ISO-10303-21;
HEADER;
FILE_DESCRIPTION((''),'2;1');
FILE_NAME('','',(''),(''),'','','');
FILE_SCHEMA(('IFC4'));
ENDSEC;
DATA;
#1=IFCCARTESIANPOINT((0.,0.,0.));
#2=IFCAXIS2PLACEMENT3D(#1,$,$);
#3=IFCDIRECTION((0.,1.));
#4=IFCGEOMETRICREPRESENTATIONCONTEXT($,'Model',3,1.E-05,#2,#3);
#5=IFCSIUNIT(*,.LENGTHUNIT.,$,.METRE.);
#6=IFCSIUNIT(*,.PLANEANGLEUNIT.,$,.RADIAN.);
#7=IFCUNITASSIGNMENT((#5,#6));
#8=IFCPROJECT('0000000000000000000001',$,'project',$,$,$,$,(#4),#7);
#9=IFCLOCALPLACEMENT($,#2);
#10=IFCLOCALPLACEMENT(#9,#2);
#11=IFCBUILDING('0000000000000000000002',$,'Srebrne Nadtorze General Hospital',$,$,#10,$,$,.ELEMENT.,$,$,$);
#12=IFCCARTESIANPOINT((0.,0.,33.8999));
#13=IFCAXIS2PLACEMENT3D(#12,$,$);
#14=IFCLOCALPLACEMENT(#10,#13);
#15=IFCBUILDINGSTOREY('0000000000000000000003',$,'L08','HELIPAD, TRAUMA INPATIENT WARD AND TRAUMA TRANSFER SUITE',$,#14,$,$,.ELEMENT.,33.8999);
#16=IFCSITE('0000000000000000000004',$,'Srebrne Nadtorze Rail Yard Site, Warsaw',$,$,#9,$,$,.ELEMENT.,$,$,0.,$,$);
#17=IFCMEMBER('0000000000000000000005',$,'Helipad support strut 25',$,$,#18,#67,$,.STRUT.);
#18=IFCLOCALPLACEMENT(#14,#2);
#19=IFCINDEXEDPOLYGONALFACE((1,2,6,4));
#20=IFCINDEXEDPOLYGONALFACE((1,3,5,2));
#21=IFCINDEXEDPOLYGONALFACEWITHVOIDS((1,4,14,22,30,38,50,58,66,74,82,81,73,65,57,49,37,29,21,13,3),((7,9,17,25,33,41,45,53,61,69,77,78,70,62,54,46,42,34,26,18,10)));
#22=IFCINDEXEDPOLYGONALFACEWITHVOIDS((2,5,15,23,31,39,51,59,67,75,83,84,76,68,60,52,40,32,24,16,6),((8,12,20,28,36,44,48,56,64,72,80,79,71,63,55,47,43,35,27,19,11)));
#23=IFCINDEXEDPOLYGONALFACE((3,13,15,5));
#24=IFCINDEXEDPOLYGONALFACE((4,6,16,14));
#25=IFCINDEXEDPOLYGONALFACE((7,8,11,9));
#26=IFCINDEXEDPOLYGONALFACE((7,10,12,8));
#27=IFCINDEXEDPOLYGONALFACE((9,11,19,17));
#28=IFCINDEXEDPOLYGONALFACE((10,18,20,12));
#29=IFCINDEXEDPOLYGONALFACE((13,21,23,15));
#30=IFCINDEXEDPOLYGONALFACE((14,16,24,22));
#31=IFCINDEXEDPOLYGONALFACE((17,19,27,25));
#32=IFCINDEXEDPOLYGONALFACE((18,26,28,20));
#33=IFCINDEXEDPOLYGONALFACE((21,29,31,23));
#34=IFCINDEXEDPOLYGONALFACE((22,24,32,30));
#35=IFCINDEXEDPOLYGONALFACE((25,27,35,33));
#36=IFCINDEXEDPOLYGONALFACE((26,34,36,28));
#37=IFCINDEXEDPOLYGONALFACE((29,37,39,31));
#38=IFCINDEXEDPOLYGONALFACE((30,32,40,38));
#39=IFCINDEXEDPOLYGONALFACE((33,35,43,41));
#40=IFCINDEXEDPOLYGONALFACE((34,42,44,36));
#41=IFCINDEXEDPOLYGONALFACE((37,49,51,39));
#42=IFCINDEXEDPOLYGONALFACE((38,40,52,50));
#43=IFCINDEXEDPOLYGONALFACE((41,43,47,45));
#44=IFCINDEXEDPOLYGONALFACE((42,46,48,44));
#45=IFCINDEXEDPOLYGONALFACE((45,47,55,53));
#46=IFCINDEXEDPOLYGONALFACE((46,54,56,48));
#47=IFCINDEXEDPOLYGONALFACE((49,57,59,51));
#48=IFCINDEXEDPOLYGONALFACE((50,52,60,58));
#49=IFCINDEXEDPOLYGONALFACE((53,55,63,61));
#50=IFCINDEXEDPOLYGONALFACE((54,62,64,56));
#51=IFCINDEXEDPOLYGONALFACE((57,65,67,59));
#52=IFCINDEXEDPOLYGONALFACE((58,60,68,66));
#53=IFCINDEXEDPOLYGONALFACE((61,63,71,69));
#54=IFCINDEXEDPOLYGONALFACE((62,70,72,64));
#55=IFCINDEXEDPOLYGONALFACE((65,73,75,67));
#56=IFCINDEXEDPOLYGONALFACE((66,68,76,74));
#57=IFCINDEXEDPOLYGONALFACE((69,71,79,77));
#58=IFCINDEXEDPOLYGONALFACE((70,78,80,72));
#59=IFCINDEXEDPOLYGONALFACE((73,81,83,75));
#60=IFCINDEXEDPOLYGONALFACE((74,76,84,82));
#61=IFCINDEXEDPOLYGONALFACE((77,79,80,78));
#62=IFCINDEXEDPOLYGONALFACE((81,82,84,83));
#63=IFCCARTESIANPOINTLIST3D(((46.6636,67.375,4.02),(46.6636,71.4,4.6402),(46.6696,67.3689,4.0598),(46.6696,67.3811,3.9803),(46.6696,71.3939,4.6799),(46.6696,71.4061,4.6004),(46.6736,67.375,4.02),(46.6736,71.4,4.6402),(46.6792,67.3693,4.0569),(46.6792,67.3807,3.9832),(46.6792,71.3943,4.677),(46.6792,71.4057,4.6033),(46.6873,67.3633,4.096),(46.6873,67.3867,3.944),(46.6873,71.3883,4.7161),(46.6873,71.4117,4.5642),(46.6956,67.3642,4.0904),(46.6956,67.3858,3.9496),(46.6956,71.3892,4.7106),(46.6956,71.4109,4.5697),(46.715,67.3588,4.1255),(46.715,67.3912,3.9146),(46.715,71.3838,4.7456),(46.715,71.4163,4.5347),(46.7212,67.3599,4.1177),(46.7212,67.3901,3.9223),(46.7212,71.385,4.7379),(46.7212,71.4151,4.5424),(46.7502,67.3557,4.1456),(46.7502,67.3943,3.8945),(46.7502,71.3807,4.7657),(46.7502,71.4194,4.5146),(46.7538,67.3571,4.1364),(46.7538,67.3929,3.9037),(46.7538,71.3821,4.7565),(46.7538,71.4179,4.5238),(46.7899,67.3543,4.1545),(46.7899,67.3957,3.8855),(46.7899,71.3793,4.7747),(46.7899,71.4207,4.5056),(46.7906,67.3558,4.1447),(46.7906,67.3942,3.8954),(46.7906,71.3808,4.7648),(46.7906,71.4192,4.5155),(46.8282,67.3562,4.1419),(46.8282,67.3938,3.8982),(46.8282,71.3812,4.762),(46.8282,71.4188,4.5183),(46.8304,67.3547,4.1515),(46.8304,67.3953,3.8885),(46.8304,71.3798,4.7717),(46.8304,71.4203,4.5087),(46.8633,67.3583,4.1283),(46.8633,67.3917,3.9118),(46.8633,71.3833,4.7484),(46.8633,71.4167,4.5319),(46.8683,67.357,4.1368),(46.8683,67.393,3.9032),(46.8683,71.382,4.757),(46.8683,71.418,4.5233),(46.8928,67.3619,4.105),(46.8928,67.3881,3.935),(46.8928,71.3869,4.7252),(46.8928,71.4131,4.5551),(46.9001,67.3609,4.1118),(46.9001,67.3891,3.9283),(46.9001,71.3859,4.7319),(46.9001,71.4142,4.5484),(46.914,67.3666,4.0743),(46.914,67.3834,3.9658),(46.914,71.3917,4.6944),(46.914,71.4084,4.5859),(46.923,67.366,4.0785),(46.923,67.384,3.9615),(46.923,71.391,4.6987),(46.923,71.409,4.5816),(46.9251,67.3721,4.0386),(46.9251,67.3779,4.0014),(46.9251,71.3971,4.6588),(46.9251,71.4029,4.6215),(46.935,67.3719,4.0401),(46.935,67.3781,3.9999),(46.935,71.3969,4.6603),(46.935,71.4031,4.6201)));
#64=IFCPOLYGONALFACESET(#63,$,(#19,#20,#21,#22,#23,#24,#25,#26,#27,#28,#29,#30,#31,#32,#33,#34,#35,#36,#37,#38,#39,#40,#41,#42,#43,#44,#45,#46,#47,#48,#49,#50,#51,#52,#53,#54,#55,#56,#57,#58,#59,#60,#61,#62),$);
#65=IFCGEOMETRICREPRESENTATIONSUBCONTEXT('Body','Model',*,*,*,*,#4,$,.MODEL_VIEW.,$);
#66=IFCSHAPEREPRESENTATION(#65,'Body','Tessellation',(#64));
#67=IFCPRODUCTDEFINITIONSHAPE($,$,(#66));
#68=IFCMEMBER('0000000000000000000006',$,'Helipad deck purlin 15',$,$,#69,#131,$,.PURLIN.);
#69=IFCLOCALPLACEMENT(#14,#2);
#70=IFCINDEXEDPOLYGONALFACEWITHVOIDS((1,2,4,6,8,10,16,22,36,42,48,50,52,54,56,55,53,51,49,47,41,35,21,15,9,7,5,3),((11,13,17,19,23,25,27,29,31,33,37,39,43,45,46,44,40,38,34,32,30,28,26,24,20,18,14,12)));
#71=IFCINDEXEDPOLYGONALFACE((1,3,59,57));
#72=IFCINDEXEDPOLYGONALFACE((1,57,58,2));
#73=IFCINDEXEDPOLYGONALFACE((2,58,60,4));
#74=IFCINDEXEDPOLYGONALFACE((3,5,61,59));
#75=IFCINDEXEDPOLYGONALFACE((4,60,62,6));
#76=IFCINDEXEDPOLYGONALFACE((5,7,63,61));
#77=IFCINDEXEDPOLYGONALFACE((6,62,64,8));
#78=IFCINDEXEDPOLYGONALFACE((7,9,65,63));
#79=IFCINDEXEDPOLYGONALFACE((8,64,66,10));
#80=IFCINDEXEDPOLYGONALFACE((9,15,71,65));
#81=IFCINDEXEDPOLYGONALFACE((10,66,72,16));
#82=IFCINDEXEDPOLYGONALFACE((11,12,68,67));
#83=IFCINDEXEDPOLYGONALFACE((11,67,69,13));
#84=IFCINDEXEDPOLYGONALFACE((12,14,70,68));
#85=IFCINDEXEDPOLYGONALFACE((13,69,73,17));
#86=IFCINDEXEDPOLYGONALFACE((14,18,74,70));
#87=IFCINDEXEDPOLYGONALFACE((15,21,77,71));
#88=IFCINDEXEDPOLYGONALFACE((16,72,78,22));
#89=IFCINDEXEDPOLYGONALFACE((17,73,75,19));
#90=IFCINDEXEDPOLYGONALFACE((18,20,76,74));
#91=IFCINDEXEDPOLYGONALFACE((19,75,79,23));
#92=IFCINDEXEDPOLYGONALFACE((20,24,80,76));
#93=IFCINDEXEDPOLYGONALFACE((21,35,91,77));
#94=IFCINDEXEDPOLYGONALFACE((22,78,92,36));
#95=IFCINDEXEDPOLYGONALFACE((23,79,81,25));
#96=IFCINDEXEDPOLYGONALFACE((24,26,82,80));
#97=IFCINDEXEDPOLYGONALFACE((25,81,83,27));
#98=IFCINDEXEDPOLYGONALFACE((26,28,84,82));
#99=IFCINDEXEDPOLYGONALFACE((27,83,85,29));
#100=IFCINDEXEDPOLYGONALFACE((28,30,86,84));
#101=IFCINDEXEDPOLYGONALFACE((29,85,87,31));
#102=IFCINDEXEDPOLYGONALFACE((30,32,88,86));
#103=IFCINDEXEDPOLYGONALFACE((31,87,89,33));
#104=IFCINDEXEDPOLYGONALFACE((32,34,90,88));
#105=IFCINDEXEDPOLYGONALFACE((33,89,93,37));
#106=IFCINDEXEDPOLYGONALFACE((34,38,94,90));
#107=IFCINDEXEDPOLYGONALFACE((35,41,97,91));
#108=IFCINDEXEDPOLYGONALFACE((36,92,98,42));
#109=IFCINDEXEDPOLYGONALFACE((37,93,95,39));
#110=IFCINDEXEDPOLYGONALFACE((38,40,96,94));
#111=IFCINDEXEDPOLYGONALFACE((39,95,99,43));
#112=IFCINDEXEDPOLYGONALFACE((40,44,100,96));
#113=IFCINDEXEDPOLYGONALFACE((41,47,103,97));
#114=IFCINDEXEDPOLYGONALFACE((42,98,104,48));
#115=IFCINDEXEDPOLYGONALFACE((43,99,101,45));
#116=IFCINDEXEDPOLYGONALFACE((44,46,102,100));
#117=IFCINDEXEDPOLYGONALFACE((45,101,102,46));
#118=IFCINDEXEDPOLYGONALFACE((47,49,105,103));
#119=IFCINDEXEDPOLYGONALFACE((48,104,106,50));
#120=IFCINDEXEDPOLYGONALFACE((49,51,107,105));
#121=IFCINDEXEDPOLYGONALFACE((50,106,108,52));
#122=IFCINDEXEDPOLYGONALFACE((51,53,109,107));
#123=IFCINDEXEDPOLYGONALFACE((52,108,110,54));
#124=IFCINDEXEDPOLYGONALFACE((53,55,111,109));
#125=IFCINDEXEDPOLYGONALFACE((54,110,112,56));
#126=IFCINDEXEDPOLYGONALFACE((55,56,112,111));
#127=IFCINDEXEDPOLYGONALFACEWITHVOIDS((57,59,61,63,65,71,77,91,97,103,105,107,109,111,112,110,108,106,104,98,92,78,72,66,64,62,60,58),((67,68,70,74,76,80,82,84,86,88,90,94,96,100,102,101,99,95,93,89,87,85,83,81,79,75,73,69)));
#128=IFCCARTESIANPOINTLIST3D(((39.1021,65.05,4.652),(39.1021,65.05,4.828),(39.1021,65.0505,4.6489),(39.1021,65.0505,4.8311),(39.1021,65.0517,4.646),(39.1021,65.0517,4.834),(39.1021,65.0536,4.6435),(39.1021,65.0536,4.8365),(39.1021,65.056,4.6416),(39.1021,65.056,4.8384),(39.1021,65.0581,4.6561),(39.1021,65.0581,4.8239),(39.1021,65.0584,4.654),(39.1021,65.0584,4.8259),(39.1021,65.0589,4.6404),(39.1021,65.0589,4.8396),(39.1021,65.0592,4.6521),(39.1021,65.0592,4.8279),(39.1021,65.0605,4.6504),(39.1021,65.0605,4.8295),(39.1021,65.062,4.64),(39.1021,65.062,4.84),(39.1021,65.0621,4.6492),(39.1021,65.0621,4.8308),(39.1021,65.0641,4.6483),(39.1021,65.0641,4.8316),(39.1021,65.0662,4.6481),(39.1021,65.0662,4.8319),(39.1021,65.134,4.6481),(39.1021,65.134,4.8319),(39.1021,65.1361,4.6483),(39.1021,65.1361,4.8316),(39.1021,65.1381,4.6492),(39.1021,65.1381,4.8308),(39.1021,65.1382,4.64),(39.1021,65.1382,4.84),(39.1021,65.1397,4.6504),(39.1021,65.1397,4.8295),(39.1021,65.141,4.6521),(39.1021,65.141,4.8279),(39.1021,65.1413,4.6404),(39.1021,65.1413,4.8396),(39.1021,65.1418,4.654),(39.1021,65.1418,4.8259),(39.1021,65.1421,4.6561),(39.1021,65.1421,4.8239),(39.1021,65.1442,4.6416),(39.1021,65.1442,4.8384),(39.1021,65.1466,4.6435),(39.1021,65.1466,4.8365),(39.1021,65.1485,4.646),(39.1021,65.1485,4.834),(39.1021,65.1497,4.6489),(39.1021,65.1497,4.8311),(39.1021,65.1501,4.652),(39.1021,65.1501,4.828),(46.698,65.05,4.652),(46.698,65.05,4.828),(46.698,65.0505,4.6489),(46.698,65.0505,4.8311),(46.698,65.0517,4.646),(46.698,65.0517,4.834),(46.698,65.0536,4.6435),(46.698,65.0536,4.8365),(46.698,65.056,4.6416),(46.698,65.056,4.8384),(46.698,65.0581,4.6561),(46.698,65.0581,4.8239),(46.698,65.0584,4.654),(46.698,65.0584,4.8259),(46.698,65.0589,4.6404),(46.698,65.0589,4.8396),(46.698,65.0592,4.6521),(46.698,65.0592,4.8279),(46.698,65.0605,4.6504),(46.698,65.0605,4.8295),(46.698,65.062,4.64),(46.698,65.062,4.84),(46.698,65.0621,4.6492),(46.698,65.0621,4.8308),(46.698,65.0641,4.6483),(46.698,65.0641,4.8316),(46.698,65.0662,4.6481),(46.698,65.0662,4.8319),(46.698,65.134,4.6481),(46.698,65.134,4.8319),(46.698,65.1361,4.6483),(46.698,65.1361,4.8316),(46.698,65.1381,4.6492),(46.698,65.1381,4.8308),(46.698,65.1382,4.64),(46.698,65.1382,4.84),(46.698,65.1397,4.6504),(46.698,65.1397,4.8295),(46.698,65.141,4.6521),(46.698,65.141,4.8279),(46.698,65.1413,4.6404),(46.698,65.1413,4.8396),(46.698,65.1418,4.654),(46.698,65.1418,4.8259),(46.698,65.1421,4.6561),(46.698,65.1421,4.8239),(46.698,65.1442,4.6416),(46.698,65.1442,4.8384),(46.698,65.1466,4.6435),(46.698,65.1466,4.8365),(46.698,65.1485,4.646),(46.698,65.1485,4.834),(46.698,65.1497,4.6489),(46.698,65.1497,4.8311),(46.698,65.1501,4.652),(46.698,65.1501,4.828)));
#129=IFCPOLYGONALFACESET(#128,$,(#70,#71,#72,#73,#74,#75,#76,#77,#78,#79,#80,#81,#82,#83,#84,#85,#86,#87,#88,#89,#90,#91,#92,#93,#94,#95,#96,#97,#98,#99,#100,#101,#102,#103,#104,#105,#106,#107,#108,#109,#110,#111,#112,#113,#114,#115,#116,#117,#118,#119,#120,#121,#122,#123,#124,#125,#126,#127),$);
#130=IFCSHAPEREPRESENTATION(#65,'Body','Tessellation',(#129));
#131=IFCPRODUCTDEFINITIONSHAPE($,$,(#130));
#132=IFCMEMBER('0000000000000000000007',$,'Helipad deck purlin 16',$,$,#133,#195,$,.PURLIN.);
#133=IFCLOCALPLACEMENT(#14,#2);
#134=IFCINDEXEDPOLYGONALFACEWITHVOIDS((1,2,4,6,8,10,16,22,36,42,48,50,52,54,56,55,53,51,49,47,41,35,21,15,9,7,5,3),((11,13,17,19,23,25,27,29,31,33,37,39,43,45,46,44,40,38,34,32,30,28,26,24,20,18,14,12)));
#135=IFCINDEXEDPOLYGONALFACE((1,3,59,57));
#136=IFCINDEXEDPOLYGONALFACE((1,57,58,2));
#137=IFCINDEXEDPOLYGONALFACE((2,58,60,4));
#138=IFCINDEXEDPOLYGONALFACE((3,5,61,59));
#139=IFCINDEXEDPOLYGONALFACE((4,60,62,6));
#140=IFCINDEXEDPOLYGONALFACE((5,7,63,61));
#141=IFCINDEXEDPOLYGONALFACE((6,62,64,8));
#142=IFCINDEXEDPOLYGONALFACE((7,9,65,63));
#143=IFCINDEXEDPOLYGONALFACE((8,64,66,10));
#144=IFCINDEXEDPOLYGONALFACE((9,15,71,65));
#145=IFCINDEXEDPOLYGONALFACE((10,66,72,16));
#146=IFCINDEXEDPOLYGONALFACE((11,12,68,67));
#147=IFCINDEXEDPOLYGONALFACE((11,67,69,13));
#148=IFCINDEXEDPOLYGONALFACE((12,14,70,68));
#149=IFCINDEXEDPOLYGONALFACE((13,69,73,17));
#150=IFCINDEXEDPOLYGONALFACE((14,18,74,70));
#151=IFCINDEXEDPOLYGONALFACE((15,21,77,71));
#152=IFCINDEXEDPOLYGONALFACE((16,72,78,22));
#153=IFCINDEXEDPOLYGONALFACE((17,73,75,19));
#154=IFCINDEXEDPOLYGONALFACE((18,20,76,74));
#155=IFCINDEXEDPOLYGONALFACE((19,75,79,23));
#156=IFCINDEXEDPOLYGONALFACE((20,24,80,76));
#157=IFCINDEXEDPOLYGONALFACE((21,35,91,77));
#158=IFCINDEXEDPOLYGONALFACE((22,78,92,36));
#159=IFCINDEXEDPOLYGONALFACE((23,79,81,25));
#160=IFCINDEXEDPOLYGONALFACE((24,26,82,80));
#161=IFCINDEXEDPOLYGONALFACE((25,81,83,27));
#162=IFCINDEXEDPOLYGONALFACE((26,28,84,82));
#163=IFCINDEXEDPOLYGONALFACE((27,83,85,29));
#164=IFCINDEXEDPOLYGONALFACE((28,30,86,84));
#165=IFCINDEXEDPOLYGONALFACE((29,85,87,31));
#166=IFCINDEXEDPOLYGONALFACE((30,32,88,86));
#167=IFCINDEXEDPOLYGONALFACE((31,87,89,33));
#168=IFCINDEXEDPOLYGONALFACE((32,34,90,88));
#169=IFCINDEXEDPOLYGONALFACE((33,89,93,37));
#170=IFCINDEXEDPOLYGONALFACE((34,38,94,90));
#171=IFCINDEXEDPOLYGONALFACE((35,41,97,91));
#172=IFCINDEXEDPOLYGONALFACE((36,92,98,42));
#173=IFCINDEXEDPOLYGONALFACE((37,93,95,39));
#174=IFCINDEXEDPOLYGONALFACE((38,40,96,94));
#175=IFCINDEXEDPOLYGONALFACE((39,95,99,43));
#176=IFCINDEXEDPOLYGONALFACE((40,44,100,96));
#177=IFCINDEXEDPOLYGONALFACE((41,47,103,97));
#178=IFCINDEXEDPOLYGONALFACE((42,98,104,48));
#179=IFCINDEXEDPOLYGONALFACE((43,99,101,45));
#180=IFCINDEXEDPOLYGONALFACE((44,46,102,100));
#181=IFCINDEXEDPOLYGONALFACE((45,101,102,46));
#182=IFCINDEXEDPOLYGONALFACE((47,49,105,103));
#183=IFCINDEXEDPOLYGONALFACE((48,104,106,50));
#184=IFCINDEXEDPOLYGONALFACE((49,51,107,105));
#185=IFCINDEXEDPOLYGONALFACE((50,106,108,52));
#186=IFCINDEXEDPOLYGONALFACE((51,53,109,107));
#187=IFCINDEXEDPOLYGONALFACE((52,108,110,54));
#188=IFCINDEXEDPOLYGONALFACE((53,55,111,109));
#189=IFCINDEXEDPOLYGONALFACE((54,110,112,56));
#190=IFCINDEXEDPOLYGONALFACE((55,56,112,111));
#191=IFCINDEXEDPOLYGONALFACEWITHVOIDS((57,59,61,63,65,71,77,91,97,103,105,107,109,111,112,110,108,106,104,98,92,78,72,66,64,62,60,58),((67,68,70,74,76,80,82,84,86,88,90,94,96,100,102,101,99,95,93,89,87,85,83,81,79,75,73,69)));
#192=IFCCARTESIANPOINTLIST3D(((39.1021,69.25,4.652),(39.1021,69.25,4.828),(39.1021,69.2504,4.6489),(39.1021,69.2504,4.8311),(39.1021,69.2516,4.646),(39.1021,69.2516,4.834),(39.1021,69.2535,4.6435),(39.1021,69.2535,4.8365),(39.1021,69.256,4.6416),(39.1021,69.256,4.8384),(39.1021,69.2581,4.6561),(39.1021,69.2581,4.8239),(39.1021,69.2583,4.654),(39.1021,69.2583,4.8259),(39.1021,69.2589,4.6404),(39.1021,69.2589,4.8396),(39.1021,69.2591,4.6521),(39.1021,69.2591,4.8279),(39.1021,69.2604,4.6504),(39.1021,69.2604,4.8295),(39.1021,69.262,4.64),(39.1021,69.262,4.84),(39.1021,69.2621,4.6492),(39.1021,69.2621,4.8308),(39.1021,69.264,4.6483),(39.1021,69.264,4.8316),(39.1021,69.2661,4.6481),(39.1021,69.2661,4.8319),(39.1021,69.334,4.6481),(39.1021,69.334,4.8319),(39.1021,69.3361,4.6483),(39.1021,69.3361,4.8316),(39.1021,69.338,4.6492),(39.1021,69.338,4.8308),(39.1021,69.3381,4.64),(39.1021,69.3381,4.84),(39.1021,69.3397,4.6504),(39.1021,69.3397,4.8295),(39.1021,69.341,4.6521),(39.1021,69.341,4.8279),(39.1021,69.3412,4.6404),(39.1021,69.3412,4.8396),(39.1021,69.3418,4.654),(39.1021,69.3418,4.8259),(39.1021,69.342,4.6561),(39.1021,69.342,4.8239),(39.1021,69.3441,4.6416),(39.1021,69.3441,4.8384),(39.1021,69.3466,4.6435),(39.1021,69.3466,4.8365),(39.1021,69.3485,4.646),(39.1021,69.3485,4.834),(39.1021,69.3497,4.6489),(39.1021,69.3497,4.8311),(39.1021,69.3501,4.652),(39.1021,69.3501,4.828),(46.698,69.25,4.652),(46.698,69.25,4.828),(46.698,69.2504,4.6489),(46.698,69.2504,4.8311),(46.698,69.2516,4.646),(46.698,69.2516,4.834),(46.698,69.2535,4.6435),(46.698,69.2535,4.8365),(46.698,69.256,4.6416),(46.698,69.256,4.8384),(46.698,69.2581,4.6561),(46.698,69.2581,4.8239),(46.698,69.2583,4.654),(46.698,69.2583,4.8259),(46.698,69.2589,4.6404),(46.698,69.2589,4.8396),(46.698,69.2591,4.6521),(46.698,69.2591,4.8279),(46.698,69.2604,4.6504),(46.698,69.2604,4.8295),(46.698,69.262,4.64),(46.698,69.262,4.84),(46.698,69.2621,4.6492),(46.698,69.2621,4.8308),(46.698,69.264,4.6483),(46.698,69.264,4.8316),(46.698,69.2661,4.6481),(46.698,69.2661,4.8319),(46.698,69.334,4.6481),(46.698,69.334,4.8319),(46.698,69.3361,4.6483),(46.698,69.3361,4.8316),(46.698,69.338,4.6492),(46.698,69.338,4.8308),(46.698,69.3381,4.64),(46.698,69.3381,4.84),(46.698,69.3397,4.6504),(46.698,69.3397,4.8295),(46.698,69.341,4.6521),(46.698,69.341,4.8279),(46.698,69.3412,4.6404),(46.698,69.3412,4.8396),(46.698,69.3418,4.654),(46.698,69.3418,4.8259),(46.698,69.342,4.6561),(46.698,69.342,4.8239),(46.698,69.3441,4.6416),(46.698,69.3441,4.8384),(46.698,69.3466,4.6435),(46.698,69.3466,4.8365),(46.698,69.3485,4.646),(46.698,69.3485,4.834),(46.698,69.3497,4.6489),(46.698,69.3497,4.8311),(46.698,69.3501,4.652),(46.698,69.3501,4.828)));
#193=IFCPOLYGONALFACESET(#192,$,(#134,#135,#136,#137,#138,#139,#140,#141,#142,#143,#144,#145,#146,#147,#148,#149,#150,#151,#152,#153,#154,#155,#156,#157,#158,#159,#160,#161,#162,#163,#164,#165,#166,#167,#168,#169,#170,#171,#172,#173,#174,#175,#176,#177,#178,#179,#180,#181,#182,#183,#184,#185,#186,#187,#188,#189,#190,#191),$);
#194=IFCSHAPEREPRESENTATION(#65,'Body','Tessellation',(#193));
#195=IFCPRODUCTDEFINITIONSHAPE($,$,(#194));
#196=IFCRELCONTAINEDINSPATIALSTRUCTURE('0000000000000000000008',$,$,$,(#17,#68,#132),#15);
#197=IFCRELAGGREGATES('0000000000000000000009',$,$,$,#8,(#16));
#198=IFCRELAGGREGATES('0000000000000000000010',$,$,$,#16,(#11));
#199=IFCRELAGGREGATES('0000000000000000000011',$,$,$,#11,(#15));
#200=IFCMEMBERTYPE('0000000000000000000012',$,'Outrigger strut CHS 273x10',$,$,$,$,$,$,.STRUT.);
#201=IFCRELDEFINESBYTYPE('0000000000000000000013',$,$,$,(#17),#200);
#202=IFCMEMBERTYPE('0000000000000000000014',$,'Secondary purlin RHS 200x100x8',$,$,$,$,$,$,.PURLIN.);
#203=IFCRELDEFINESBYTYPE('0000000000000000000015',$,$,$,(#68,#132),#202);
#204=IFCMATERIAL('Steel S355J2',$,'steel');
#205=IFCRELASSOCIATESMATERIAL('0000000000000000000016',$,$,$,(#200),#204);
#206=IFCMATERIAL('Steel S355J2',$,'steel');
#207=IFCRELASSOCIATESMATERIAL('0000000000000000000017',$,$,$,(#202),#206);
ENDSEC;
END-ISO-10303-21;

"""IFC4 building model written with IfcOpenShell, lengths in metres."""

from ifc_helpers import new_model, si_unit, direction, frame, origin, origin_2d, place, context, subcontext, project, spatial, hollow_rectangle, hollow_circle, extrude, material, material_profile, profile_set, type_object, element, save


model = new_model("IFC4")

# Units and contexts
model_context = context("Model", 3, precision=1e-05, world=origin(), true_north=direction((0.0, 1.0)))
body_context = subcontext(model_context, "Body", "Model", "MODEL_VIEW")
ifc_project = project(units=[si_unit("LENGTHUNIT", "METRE"), si_unit("PLANEANGLEUNIT", "RADIAN")], contexts=[model_context])

# Site, building, storey
site_placement = place(None, origin())
site = spatial("IfcSite", under=ifc_project, at=site_placement, Name="Srebrne Nadtorze Rail Yard Site, Warsaw", CompositionType="ELEMENT", RefElevation=0.0)
building_placement = place(site_placement, origin())
building = spatial("IfcBuilding", under=site, at=building_placement, Name="Srebrne Nadtorze General Hospital", CompositionType="ELEMENT")
storey_placement = place(building_placement, frame((0.0, 0.0, 33.8999)))
storey = spatial("IfcBuildingStorey", under=building, at=storey_placement, Name="L08", Description="HELIPAD, TRAUMA INPATIENT WARD AND TRAUMA TRANSFER SUITE", CompositionType="ELEMENT", Elevation=33.8999)

# Members
ifc_material_1 = material(Name="Steel S355J2", Category="steel")
ifc_material_profile_1 = material_profile(ifc_material_1, hollow_circle(Radius=0.1365, WallThickness=0.01, at=origin_2d()), Name="CHS-273x10")
ifc_profile_set_1 = profile_set([ifc_material_profile_1], Name="Steel S355J2")
member_type_1 = type_object("IfcMemberType", Name="Outrigger strut CHS 273x10", PredefinedType="STRUT", material=ifc_profile_set_1)
member_placement = place(storey_placement, frame((46.8, 67.375, 4.02), z_axis=(0.0, 0.988338, 0.152273), x_axis=(-1.0, 0.0, 0.0)))
element("IfcMember", 1, at=member_placement, inside=storey, type_object=member_type_1, Name="Helipad support strut 25", PredefinedType="STRUT", context=body_context, shape_type="SweptSolid", body=[
    extrude(hollow_circle(Radius=0.1365, WallThickness=0.01, at=origin_2d()), origin(), (0.0, 0.0, 1.0), 4.0725),
])
ifc_material_2 = material(Name="Steel S355J2", Category="steel")
ifc_material_profile_2 = material_profile(ifc_material_2, hollow_rectangle(XDim=0.1001, YDim=0.2, WallThickness=0.0081, InnerFilletRadius=0.0081, OuterFilletRadius=0.012, at=origin_2d()), Name="RHS-200x100x8")
ifc_profile_set_2 = profile_set([ifc_material_profile_2], Name="Steel S355J2")
member_type_2 = type_object("IfcMemberType", Name="Secondary purlin RHS 200x100x8", PredefinedType="PURLIN", material=ifc_profile_set_2)
for number, where, z_axis, x_axis, name in (
    (2, (39.1021, 65.1001, 4.74), (1.0, 0.0, 0.0), (0.0, 1.0, 0.0), "Helipad deck purlin 15"),
    (3, (39.1021, 69.3, 4.74), (1.0, 0.0, 0.0), (0.0, 1.0, 0.0), "Helipad deck purlin 16"),
):
    element("IfcMember", number, at=place(storey_placement, frame(where, z_axis=z_axis, x_axis=x_axis)), inside=storey, type_object=member_type_2, Name=name, PredefinedType="PURLIN", context=body_context, shape_type="SweptSolid", body=[
        extrude(hollow_rectangle(XDim=0.1001, YDim=0.2, WallThickness=0.0081, InnerFilletRadius=0.0081, OuterFilletRadius=0.012, at=origin_2d()), origin(), (0.0, 0.0, 1.0), 7.5959),
    ])

save(model, "model.ifc")
